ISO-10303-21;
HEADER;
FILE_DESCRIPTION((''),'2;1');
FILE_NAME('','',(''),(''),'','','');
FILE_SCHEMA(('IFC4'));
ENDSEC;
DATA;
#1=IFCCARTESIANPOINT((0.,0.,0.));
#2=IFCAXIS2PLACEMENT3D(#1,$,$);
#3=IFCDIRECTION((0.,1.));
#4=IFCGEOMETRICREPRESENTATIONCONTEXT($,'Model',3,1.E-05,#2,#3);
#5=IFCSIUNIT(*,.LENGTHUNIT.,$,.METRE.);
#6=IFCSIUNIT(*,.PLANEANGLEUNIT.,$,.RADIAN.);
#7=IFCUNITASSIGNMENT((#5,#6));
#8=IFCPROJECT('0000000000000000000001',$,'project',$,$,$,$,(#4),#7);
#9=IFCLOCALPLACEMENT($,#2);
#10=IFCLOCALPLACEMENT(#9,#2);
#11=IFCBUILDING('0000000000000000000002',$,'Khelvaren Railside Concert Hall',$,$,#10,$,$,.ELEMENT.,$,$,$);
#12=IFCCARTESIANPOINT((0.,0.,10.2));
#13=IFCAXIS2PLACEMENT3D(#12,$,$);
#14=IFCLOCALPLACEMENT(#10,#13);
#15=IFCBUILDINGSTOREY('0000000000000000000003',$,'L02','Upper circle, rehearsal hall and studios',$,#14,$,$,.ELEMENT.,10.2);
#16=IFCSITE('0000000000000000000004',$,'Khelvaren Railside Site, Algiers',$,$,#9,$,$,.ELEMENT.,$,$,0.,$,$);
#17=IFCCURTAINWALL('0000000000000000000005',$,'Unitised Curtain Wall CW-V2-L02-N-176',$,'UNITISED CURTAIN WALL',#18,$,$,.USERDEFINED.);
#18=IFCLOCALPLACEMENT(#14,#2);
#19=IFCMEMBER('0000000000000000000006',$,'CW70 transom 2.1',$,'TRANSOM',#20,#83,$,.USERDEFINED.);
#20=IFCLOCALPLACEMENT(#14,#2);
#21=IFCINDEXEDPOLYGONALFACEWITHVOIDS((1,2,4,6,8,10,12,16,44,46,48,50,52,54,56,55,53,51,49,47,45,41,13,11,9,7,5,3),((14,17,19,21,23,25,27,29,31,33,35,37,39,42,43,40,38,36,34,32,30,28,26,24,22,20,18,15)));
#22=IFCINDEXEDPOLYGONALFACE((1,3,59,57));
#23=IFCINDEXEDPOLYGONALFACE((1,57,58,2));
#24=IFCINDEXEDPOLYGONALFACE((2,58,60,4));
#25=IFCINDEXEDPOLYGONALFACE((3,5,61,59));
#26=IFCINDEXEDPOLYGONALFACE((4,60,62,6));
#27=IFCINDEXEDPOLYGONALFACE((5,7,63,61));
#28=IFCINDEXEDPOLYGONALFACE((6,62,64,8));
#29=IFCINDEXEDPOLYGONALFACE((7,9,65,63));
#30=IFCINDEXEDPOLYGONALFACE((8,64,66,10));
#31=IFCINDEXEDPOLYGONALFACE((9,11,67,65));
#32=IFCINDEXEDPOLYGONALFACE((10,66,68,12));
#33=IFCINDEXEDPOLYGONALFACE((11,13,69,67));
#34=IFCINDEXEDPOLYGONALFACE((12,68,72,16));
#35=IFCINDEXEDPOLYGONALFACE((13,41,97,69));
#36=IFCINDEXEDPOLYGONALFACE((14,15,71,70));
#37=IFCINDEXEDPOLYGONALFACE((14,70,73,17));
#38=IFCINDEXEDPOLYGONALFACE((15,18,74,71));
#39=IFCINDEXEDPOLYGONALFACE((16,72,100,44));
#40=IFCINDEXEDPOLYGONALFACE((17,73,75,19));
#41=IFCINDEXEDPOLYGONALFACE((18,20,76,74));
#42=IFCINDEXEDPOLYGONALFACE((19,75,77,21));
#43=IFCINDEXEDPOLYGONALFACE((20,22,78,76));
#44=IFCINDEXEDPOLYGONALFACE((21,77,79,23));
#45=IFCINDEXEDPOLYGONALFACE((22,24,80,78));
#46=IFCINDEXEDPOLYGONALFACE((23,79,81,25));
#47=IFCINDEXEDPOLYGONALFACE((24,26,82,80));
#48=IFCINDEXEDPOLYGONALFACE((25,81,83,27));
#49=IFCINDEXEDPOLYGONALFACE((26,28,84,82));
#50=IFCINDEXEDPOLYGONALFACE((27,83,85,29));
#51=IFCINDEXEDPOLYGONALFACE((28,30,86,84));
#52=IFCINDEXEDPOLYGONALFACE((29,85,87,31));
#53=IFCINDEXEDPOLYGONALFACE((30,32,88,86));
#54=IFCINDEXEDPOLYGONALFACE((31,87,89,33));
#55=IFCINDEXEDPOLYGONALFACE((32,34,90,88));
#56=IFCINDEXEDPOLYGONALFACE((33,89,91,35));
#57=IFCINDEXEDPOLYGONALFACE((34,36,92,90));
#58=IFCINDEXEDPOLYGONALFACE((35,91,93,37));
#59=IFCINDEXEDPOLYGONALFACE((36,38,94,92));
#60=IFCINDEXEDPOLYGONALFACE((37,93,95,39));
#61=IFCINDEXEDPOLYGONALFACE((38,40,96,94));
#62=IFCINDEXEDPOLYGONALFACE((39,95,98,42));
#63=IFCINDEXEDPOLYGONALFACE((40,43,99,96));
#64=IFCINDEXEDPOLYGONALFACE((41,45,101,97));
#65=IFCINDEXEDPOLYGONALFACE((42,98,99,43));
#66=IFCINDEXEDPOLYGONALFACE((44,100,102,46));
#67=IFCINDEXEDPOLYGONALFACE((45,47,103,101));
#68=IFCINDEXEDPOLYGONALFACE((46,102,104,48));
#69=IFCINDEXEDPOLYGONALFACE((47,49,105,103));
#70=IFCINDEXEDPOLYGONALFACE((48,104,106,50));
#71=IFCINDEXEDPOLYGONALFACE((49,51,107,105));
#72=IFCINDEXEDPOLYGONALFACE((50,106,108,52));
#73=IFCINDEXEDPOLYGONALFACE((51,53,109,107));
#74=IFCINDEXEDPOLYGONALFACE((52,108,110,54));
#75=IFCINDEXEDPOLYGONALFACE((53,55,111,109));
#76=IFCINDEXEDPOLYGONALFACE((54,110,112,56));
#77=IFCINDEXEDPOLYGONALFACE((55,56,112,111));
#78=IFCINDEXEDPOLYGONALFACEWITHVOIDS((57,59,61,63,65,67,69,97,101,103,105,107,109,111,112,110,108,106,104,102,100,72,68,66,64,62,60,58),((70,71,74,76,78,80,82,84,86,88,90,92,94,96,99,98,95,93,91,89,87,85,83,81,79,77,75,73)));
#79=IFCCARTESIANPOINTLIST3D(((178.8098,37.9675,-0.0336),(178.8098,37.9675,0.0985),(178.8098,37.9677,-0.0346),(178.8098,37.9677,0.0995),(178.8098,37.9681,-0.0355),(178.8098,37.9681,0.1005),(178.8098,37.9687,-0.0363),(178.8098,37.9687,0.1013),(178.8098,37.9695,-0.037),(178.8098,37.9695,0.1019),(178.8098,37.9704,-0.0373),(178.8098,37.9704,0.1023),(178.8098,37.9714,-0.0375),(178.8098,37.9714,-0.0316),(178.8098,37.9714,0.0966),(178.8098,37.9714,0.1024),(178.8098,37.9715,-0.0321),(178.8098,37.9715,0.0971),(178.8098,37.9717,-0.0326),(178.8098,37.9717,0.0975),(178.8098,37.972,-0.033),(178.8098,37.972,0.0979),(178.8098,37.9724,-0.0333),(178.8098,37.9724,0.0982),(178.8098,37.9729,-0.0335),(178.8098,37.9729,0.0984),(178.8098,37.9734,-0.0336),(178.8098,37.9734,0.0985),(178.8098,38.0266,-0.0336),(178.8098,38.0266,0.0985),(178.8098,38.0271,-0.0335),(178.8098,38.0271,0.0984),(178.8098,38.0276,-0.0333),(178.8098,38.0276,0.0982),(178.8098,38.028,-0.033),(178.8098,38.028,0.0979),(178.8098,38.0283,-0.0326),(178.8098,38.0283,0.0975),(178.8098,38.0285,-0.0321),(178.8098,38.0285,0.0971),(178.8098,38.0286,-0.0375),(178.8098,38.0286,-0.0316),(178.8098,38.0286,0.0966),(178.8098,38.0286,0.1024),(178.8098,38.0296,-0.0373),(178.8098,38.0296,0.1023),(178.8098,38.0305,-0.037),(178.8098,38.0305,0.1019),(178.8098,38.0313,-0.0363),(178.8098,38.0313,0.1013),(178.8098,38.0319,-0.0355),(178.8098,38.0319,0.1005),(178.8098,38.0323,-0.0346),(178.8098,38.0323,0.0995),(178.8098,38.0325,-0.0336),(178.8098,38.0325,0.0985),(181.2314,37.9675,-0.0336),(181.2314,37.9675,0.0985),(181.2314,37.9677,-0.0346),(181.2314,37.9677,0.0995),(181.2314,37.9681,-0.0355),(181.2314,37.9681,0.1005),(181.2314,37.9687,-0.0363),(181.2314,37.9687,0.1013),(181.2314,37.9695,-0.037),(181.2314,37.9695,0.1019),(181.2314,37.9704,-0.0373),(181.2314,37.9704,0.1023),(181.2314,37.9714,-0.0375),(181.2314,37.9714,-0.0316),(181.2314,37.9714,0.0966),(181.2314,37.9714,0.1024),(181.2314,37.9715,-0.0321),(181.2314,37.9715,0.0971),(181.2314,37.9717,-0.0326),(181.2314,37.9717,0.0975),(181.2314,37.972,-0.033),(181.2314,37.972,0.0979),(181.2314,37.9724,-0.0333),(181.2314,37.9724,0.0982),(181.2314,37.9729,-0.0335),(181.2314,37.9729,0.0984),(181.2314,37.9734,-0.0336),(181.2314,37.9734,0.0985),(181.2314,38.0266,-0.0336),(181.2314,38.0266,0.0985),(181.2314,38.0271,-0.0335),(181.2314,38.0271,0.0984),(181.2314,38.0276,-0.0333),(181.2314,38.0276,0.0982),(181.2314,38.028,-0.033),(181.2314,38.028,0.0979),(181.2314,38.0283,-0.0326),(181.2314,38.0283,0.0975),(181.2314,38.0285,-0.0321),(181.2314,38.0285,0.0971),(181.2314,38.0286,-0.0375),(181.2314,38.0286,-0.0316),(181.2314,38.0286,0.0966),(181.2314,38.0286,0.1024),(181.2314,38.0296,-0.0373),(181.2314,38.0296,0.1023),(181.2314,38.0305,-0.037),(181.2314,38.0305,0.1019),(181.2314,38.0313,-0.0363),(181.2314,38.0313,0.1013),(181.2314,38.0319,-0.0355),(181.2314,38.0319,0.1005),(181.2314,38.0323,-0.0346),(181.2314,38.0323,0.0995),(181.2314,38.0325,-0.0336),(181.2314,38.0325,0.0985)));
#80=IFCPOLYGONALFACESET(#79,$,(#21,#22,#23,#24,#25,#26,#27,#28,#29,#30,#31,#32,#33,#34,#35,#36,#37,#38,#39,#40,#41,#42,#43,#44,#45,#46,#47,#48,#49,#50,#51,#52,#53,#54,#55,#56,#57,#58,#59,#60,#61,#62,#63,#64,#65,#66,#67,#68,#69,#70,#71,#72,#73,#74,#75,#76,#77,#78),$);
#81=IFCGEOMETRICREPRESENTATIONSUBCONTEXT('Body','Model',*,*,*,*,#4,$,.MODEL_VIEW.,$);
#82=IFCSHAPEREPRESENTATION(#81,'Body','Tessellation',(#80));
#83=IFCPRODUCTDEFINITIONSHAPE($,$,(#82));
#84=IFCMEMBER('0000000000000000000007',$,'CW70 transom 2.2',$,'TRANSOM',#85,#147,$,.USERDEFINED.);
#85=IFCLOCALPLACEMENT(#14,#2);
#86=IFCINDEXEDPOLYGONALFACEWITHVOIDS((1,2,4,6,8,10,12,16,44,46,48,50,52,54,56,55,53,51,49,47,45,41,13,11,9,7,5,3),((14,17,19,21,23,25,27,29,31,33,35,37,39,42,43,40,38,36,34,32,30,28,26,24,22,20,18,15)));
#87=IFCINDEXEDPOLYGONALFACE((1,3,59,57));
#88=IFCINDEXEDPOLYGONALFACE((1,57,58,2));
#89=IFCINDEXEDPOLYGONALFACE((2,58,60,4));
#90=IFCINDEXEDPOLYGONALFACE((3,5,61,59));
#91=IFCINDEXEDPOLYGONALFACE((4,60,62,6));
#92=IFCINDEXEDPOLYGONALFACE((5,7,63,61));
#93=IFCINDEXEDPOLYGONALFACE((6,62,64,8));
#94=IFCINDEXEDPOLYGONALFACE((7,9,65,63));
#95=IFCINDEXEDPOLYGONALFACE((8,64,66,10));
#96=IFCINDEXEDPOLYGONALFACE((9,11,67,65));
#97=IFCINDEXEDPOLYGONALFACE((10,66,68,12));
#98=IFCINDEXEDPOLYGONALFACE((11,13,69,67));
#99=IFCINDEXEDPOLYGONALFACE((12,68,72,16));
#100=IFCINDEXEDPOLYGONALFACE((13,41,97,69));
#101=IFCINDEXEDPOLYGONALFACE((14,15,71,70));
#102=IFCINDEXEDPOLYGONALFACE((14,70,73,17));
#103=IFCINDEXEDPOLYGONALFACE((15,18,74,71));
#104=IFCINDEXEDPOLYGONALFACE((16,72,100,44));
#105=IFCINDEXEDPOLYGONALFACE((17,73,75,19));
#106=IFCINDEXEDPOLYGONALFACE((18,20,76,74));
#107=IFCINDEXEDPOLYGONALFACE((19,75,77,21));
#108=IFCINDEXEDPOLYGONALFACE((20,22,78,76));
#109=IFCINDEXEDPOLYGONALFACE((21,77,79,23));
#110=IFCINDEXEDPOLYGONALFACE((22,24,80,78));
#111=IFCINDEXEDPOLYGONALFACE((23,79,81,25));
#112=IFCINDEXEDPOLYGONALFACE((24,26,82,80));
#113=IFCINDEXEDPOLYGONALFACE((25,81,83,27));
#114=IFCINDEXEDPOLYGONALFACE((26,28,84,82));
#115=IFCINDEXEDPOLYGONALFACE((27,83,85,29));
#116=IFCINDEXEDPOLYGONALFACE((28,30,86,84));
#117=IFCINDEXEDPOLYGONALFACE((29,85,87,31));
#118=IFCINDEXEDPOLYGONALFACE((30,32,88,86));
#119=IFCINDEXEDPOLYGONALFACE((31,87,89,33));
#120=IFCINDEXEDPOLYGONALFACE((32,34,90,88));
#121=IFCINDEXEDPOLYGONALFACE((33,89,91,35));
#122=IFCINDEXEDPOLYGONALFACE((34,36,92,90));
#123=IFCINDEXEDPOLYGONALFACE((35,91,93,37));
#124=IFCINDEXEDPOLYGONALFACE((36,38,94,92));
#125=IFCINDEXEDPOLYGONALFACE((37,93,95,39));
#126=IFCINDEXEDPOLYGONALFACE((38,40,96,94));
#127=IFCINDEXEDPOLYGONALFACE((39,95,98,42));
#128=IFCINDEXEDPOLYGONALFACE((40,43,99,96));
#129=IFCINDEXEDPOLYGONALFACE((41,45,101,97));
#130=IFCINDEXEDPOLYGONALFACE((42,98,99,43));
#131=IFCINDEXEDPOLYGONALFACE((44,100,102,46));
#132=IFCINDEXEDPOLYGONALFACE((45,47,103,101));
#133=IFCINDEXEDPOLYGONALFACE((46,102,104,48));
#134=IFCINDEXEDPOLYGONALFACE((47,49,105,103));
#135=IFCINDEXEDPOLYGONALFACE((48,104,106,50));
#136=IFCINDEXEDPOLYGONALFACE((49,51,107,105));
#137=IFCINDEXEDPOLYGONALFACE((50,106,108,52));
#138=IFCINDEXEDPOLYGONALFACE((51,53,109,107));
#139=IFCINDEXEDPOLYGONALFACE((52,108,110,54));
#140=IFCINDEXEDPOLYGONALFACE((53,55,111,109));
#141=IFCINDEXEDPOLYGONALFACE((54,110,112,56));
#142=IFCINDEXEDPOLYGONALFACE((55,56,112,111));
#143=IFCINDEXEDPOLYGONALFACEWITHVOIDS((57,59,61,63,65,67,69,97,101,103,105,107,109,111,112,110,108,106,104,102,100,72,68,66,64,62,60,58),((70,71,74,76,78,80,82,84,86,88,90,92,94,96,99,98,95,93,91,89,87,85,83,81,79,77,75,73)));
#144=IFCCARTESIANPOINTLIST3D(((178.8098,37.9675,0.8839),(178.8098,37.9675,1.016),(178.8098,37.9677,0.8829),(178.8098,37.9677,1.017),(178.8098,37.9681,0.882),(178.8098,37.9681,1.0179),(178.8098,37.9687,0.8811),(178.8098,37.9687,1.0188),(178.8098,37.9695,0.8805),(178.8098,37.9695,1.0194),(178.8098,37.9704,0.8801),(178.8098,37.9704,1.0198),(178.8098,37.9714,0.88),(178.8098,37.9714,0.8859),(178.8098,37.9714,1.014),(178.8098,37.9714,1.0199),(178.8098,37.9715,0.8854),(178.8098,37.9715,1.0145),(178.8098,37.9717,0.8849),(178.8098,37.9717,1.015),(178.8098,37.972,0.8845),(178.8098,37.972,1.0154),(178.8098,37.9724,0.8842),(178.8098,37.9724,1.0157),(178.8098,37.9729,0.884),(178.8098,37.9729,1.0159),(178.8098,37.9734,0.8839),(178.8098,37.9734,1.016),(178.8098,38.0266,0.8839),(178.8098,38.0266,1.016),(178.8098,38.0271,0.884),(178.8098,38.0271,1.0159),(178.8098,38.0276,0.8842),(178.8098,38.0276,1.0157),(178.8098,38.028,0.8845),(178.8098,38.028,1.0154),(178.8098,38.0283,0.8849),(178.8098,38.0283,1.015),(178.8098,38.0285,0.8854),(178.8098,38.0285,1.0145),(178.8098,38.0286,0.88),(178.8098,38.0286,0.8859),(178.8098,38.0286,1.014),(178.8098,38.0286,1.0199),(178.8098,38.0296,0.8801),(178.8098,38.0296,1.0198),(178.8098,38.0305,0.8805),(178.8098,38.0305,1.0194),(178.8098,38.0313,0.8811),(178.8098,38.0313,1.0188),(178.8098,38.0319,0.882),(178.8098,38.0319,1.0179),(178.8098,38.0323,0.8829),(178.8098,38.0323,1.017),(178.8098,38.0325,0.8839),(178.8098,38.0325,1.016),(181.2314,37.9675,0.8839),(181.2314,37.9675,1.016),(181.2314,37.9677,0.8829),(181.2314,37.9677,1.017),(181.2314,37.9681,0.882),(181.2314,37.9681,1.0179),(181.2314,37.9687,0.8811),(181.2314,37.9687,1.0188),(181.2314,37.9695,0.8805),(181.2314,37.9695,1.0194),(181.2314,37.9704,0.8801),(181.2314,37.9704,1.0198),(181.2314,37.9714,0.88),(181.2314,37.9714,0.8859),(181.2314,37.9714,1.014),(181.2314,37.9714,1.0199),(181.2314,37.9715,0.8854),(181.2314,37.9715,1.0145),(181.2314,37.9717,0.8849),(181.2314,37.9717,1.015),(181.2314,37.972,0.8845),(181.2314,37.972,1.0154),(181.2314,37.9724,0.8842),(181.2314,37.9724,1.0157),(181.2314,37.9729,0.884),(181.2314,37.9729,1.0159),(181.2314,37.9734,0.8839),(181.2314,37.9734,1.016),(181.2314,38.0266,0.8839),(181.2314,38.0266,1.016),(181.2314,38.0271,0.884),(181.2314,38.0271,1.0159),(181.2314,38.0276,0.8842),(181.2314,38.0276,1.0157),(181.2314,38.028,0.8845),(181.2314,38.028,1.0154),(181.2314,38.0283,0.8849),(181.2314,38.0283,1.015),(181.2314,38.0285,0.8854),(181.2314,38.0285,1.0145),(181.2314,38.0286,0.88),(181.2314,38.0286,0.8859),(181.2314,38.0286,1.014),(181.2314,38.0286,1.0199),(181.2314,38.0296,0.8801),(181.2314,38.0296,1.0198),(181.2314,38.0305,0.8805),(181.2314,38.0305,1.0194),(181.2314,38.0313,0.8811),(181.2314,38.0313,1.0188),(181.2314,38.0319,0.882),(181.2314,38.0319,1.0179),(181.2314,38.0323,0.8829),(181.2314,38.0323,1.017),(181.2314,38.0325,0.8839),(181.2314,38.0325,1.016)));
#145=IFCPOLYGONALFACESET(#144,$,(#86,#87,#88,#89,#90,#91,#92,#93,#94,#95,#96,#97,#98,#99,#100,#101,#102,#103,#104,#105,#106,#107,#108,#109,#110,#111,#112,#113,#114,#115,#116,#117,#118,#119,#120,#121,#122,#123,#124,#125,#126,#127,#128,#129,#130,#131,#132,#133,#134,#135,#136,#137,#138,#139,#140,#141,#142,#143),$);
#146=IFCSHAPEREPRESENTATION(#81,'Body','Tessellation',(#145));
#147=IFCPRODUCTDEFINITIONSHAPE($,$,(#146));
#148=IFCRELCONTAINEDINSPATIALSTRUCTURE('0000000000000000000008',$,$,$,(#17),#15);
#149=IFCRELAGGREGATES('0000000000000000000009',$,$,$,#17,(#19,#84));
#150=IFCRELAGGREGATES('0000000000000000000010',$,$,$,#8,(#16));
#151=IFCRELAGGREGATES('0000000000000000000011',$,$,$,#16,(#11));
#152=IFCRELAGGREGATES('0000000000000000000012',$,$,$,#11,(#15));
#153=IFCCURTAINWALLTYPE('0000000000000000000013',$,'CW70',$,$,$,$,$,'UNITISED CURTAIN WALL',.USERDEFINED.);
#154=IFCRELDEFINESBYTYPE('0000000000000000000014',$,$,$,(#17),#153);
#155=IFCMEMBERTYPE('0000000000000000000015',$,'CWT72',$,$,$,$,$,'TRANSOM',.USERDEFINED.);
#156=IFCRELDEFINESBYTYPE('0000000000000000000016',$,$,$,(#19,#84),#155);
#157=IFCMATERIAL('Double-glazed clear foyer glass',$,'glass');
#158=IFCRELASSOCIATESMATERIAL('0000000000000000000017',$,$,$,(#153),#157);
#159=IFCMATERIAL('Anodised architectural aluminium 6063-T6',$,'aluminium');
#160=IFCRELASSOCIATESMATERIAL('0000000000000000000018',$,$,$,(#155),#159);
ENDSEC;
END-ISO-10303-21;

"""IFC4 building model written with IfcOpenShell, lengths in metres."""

from ifc_helpers import new_model, si_unit, direction, frame, origin, origin_2d, place, context, subcontext, project, spatial, hollow_rectangle, extrude, material, material_profile, profile_set, type_object, element, aggregate, save


model = new_model("IFC4")

# Units and contexts
model_context = context("Model", 3, precision=1e-05, world=origin(), true_north=direction((0.0, 1.0)))
body_context = subcontext(model_context, "Body", "Model", "MODEL_VIEW")
ifc_project = project(units=[si_unit("LENGTHUNIT", "METRE"), si_unit("PLANEANGLEUNIT", "RADIAN")], contexts=[model_context])

# Site, building, storey
site_placement = place(None, origin())
site = spatial("IfcSite", under=ifc_project, at=site_placement, Name="Khelvaren Railside Site, Algiers", CompositionType="ELEMENT", RefElevation=0.0)
building_placement = place(site_placement, origin())
building = spatial("IfcBuilding", under=site, at=building_placement, Name="Khelvaren Railside Concert Hall", CompositionType="ELEMENT")
storey_placement = place(building_placement, frame((0.0, 0.0, 10.2)))
storey = spatial("IfcBuildingStorey", under=building, at=storey_placement, Name="L02", Description="Upper circle, rehearsal hall and studios", CompositionType="ELEMENT", Elevation=10.2)

# Curtain wall
ifc_material_1 = material(Name="Double-glazed clear foyer glass", Category="glass")
curtain_wall_type_1 = type_object("IfcCurtainWallType", Name="CW70", ElementType="UNITISED CURTAIN WALL", PredefinedType="USERDEFINED", material=ifc_material_1)
curtain_wall_1_placement = place(storey_placement, origin())
curtain_wall_1 = element("IfcCurtainWall", 1, at=curtain_wall_1_placement, inside=storey, type_object=curtain_wall_type_1, Name="Unitised Curtain Wall CW-V2-L02-N-176", ObjectType="UNITISED CURTAIN WALL", PredefinedType="USERDEFINED")
ifc_material_2 = material(Name="Anodised architectural aluminium 6063-T6", Category="aluminium")

# Members
ifc_material_profile_1 = material_profile(ifc_material_2, hollow_rectangle(XDim=0.0649, YDim=0.1399, WallThickness=0.0039, InnerFilletRadius=0.002, OuterFilletRadius=0.0039, at=origin_2d()), Name="CWT 65x140x4")
ifc_profile_set_1 = profile_set([ifc_material_profile_1], Name="Anodised architectural aluminium 6063-T6")
member_type_1 = type_object("IfcMemberType", Name="CWT72", ElementType="TRANSOM", PredefinedType="USERDEFINED", material=ifc_profile_set_1)
member_1_placement = place(storey_placement, frame((178.8098, 38.0, 0.0325), z_axis=(1.0, 0.0, 0.0), x_axis=(0.0, 1.0, 0.0)))
member_1 = element("IfcMember", 2, at=member_1_placement, type_object=member_type_1, Name="CW70 transom 2.1", ObjectType="TRANSOM", PredefinedType="USERDEFINED", context=body_context, shape_type="SweptSolid", body=[
    extrude(hollow_rectangle(XDim=0.0649, YDim=0.1399, WallThickness=0.0039, InnerFilletRadius=0.002, OuterFilletRadius=0.0039, at=origin_2d()), origin(), (0.0, 0.0, 1.0), 2.4216),
])
member_2_placement = place(storey_placement, frame((178.8098, 38.0, 0.95), z_axis=(1.0, 0.0, 0.0), x_axis=(0.0, 1.0, 0.0)))
member_2 = element("IfcMember", 3, at=member_2_placement, type_object=member_type_1, Name="CW70 transom 2.2", ObjectType="TRANSOM", PredefinedType="USERDEFINED", context=body_context, shape_type="SweptSolid", body=[
    extrude(hollow_rectangle(XDim=0.0649, YDim=0.1399, WallThickness=0.0039, InnerFilletRadius=0.002, OuterFilletRadius=0.0039, at=origin_2d()), origin(), (0.0, 0.0, 1.0), 2.4216),
])

aggregate(curtain_wall_1, [member_1, member_2])

save(model, "model.ifc")
